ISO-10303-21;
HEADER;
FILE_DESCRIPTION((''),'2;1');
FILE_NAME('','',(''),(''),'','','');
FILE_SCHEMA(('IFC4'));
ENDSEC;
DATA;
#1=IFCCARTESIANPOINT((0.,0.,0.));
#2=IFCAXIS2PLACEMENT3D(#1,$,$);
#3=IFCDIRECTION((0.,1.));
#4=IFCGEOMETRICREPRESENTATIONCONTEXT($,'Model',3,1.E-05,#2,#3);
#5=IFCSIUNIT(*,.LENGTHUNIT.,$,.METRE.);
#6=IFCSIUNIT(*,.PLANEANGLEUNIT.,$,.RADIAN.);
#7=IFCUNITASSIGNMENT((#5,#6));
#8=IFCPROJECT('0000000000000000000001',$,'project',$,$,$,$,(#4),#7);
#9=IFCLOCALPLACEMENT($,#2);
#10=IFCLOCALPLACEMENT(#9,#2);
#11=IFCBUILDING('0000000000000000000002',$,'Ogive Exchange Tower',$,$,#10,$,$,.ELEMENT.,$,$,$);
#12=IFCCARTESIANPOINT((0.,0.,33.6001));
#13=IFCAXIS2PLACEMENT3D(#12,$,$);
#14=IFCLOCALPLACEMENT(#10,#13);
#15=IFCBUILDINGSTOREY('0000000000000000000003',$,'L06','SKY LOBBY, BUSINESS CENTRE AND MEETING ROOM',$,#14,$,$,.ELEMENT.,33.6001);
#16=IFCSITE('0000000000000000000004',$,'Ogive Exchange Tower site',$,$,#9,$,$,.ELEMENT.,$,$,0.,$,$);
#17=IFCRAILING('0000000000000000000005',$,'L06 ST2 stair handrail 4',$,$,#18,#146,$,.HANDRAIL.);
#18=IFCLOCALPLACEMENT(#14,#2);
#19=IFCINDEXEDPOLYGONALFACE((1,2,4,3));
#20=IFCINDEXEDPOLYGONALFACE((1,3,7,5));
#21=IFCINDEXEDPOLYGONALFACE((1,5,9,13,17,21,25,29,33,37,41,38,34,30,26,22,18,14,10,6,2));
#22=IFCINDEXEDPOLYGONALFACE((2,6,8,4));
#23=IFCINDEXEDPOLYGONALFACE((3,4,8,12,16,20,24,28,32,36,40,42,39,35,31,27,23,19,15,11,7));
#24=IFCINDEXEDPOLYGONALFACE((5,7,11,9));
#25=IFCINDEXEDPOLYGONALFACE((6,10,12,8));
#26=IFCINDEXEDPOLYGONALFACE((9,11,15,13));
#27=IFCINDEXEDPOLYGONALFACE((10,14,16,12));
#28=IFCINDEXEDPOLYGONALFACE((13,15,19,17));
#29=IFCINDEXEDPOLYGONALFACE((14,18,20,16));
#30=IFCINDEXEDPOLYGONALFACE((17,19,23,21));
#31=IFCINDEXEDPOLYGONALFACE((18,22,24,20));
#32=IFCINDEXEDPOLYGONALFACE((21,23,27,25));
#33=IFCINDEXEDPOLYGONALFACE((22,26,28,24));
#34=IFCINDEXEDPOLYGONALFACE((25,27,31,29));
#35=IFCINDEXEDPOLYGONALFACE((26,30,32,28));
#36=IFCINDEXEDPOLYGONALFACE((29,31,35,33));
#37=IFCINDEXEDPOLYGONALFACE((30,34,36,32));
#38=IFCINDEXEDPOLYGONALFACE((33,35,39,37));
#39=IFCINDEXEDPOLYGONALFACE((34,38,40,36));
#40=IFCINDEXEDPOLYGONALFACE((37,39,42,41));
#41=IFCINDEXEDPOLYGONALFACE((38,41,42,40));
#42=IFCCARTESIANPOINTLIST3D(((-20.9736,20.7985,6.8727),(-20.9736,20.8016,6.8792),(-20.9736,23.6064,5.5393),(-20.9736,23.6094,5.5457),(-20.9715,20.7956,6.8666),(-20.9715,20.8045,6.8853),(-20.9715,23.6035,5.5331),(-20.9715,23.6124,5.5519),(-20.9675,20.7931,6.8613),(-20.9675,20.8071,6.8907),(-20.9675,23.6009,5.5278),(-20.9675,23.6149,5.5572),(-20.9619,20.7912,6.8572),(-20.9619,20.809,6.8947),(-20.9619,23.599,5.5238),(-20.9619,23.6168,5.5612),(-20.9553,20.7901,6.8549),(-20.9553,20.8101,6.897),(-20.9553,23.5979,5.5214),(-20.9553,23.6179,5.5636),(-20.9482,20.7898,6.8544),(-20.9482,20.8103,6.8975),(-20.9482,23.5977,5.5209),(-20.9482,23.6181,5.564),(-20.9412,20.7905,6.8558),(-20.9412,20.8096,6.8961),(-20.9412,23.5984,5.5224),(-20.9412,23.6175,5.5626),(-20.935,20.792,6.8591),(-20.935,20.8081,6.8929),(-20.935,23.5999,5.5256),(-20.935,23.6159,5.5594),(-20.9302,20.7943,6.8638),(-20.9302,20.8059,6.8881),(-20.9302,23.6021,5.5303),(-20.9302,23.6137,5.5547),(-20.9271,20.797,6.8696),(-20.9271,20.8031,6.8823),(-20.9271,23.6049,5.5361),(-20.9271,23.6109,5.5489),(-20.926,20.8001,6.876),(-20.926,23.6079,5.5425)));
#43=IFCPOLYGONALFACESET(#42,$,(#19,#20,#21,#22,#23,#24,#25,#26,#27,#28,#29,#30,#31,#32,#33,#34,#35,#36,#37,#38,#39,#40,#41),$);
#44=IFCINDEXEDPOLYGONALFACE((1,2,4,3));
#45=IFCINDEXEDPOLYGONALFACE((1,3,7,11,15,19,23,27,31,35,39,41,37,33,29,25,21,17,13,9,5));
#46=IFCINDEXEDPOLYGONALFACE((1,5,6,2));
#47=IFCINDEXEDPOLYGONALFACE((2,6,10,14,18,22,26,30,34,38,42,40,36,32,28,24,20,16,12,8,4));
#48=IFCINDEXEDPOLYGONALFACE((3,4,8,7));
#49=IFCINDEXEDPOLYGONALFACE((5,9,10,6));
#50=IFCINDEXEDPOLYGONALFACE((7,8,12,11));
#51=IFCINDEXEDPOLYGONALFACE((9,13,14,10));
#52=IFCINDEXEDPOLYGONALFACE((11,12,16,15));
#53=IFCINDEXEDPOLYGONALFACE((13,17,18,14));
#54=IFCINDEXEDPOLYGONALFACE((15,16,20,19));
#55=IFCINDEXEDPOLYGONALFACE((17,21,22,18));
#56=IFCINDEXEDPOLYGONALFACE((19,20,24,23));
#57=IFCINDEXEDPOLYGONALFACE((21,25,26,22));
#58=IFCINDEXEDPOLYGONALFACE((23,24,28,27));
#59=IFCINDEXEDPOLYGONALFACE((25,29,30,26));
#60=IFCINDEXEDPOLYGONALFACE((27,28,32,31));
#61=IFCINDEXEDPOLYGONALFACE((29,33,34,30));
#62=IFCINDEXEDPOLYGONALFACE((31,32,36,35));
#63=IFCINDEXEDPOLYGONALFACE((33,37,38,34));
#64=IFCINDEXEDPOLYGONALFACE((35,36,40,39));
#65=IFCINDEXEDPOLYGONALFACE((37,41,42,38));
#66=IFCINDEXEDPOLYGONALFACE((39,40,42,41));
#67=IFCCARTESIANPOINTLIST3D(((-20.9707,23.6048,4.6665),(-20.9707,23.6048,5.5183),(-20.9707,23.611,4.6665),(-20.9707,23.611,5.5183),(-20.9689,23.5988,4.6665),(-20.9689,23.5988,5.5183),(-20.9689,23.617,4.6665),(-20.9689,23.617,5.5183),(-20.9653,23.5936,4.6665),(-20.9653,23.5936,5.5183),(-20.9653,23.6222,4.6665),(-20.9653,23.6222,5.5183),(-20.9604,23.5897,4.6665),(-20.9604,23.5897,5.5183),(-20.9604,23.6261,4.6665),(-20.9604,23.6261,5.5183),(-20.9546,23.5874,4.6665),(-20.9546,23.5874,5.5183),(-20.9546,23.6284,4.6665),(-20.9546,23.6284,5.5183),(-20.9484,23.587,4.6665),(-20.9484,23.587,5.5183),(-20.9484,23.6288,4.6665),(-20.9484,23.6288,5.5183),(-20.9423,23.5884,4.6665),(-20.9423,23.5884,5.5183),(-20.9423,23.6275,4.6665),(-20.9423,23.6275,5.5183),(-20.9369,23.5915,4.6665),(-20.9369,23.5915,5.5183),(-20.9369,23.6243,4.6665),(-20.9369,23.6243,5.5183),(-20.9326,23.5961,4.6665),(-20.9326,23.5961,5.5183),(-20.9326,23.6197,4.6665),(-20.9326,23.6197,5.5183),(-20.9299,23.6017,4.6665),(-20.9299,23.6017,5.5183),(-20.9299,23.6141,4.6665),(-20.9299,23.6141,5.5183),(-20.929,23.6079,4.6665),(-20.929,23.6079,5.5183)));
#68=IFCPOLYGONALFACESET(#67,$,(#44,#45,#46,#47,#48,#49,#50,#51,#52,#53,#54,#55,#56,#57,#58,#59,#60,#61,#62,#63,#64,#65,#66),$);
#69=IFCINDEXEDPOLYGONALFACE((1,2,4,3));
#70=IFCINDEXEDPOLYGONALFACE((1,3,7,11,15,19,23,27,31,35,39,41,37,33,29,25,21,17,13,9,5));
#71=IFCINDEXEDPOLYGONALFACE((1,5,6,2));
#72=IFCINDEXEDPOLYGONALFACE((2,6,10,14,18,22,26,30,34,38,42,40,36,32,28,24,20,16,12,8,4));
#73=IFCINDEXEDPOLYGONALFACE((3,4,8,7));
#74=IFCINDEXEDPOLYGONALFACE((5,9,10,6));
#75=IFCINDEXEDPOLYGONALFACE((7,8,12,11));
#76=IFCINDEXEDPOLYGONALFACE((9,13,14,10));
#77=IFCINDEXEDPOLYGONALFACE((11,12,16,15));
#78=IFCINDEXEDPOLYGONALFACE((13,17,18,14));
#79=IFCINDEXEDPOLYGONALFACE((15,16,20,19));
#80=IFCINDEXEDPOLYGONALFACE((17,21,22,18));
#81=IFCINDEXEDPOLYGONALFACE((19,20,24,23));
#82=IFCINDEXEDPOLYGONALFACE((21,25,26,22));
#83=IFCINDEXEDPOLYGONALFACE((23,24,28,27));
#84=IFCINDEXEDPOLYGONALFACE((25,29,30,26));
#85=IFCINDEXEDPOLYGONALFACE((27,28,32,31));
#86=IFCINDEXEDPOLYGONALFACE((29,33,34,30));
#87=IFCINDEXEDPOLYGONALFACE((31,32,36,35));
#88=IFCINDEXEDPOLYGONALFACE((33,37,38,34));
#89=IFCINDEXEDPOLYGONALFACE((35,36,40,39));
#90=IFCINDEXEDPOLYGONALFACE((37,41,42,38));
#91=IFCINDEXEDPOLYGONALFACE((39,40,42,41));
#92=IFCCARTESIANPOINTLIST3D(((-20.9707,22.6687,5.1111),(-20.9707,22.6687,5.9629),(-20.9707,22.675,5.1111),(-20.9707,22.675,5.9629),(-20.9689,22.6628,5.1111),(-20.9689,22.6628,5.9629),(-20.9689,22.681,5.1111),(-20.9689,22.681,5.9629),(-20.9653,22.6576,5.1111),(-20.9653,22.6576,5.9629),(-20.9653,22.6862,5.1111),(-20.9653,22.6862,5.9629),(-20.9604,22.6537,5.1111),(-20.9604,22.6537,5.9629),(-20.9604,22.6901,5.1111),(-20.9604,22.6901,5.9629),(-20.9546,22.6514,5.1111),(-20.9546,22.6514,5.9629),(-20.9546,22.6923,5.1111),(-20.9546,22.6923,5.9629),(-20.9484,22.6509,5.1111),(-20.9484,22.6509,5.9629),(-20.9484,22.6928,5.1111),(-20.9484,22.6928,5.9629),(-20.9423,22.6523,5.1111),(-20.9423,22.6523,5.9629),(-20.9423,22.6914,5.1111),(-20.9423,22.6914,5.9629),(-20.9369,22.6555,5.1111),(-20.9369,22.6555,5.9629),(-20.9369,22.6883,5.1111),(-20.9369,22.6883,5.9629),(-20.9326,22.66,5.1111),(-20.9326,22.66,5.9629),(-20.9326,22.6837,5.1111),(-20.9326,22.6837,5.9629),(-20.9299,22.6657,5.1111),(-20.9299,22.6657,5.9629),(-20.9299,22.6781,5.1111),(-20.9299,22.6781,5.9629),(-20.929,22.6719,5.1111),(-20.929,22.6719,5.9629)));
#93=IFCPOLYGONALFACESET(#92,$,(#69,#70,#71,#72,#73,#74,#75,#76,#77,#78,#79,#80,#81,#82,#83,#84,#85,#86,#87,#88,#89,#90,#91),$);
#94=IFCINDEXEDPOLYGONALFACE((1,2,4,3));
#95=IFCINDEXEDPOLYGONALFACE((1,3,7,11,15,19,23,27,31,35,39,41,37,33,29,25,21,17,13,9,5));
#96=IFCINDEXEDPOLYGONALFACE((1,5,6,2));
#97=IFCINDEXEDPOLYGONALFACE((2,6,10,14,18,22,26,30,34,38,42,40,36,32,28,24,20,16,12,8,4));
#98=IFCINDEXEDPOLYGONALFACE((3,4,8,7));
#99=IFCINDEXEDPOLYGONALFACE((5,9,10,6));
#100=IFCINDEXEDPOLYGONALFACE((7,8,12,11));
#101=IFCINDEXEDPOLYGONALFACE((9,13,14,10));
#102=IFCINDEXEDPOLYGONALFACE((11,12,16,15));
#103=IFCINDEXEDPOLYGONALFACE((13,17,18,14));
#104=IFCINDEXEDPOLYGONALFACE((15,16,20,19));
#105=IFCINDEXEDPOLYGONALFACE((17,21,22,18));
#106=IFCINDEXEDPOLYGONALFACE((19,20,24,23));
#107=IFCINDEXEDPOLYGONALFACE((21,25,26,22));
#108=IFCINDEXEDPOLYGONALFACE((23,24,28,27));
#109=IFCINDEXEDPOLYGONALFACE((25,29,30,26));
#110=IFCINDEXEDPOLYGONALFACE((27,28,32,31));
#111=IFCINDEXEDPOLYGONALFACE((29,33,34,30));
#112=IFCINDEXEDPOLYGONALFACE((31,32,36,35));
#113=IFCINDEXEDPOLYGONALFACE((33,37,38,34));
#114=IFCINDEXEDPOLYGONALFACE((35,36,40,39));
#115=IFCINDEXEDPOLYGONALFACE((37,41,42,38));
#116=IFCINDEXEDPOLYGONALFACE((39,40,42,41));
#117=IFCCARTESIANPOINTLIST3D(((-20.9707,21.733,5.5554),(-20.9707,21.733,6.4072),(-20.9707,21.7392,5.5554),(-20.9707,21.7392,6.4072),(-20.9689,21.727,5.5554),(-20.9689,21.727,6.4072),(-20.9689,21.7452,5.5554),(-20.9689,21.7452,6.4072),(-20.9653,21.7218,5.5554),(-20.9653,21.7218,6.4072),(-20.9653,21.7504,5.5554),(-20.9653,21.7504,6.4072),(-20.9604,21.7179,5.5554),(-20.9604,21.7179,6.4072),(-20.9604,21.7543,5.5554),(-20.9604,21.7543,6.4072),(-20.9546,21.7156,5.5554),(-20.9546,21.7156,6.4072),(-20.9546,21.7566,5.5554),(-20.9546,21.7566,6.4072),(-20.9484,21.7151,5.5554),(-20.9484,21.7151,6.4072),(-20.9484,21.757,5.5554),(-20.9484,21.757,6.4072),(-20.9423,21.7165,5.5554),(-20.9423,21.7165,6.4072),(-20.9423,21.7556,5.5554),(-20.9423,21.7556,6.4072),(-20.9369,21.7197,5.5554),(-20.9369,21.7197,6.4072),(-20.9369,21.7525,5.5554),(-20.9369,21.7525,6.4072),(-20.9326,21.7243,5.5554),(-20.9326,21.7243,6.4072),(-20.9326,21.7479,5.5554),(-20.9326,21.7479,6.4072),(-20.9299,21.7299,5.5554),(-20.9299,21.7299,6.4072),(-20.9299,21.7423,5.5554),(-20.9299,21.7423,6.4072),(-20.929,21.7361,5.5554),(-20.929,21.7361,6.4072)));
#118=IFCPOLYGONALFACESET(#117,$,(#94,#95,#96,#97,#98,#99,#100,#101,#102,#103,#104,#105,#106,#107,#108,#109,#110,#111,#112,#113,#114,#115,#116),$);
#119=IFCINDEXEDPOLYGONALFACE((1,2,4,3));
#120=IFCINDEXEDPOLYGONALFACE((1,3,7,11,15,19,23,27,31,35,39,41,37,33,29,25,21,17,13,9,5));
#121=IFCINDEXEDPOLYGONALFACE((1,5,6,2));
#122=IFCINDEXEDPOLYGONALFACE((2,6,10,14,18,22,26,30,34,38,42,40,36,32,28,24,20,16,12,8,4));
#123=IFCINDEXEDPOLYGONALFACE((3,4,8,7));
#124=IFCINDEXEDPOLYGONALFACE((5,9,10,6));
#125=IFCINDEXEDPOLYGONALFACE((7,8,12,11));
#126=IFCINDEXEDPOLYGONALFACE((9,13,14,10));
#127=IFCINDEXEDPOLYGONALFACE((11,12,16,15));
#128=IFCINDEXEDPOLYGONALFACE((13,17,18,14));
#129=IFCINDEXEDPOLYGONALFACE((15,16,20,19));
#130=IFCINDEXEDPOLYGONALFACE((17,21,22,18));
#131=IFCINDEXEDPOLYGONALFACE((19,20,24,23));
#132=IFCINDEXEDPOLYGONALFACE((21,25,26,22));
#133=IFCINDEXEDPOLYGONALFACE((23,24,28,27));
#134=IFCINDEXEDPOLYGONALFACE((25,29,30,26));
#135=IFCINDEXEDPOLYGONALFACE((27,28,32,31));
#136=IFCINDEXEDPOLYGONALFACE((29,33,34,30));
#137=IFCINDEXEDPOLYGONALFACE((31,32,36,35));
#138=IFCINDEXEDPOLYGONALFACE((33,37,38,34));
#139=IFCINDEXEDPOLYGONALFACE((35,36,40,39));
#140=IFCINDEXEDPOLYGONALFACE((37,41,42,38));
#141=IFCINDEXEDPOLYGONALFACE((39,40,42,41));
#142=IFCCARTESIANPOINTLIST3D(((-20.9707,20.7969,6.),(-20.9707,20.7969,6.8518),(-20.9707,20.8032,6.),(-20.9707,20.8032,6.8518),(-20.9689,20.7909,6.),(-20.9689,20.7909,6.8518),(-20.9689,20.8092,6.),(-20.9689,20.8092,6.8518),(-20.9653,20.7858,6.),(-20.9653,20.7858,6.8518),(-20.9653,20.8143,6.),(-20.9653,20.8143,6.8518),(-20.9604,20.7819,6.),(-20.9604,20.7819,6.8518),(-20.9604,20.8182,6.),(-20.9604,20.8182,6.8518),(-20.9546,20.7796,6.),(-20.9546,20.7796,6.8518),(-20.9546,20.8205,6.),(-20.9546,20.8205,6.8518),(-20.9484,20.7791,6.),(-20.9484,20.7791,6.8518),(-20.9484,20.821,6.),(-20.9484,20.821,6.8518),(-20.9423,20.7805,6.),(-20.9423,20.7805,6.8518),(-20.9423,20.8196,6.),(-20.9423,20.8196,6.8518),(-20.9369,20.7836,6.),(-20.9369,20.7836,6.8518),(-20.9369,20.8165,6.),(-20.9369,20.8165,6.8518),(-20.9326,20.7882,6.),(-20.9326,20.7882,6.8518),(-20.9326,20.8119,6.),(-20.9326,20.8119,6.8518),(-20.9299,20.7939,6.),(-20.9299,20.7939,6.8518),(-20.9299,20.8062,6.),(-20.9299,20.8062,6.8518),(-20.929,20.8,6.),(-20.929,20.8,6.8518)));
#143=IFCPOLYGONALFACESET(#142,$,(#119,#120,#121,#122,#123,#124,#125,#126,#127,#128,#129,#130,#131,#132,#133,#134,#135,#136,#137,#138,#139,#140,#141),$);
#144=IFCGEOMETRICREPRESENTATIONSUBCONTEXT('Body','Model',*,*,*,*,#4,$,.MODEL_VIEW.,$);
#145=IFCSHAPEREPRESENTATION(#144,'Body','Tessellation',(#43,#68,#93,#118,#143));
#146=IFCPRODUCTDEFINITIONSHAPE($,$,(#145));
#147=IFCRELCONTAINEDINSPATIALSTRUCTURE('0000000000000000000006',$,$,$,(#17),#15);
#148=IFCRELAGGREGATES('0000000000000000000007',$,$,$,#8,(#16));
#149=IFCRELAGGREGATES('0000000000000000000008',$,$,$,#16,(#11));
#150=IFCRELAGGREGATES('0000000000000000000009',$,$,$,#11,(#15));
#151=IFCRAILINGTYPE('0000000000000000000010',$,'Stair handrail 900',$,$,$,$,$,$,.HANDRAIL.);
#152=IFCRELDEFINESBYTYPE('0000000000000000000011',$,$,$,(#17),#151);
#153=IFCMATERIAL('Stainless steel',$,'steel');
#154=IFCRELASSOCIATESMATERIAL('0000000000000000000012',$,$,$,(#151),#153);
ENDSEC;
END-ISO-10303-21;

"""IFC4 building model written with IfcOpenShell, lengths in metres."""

from ifc_helpers import new_model, si_unit, direction, frame, origin, origin_2d, place, context, subcontext, project, spatial, circle, extrude, material, type_object, element, save


model = new_model("IFC4")

# Units and contexts
model_context = context("Model", 3, precision=1e-05, world=origin(), true_north=direction((0.0, 1.0)))
body_context = subcontext(model_context, "Body", "Model", "MODEL_VIEW")
ifc_project = project(units=[si_unit("LENGTHUNIT", "METRE"), si_unit("PLANEANGLEUNIT", "RADIAN")], contexts=[model_context])

# Site, building, storey
site_placement = place(None, origin())
site = spatial("IfcSite", under=ifc_project, at=site_placement, Name="Ogive Exchange Tower site", CompositionType="ELEMENT", RefElevation=0.0)
building_placement = place(site_placement, origin())
building = spatial("IfcBuilding", under=site, at=building_placement, Name="Ogive Exchange Tower", CompositionType="ELEMENT")
storey_placement = place(building_placement, frame((0.0, 0.0, 33.6001)))
storey = spatial("IfcBuildingStorey", under=building, at=storey_placement, Name="L06", Description="SKY LOBBY, BUSINESS CENTRE AND MEETING ROOM", CompositionType="ELEMENT", Elevation=33.6001)

# Railing
ifc_material_1 = material(Name="Stainless steel", Category="steel")
railing_type = type_object("IfcRailingType", Name="Stair handrail 900", PredefinedType="HANDRAIL", material=ifc_material_1)
railing_1_placement = place(storey_placement, frame((-20.95, 23.6079, 4.6665)))
element("IfcRailing", 1, at=railing_1_placement, inside=storey, type_object=railing_type, Name="L06 ST2 stair handrail 4", PredefinedType="HANDRAIL", context=body_context, shape_type="SweptSolid", body=[
    extrude(circle(Radius=0.0239, at=origin_2d()), frame((0.0, 0.0, 0.876), z_axis=(0.0, -0.903307, 0.428994), x_axis=(1.0, 0.0, 0.0)), (0.0, 0.0, 1.0), 3.1084),
    extrude(circle(Radius=0.021, at=origin_2d()), origin(), (0.0, 0.0, 1.0), 0.8518),
    extrude(circle(Radius=0.021, at=origin_2d()), frame((0.0, -0.936, 0.4446)), (0.0, 0.0, 1.0), 0.8518),
    extrude(circle(Radius=0.021, at=origin_2d()), frame((0.0, -1.8718, 0.8889)), (0.0, 0.0, 1.0), 0.8518),
    extrude(circle(Radius=0.021, at=origin_2d()), frame((0.0, -2.8079, 1.3335)), (0.0, 0.0, 1.0), 0.8518),
])

save(model, "model.ifc")
